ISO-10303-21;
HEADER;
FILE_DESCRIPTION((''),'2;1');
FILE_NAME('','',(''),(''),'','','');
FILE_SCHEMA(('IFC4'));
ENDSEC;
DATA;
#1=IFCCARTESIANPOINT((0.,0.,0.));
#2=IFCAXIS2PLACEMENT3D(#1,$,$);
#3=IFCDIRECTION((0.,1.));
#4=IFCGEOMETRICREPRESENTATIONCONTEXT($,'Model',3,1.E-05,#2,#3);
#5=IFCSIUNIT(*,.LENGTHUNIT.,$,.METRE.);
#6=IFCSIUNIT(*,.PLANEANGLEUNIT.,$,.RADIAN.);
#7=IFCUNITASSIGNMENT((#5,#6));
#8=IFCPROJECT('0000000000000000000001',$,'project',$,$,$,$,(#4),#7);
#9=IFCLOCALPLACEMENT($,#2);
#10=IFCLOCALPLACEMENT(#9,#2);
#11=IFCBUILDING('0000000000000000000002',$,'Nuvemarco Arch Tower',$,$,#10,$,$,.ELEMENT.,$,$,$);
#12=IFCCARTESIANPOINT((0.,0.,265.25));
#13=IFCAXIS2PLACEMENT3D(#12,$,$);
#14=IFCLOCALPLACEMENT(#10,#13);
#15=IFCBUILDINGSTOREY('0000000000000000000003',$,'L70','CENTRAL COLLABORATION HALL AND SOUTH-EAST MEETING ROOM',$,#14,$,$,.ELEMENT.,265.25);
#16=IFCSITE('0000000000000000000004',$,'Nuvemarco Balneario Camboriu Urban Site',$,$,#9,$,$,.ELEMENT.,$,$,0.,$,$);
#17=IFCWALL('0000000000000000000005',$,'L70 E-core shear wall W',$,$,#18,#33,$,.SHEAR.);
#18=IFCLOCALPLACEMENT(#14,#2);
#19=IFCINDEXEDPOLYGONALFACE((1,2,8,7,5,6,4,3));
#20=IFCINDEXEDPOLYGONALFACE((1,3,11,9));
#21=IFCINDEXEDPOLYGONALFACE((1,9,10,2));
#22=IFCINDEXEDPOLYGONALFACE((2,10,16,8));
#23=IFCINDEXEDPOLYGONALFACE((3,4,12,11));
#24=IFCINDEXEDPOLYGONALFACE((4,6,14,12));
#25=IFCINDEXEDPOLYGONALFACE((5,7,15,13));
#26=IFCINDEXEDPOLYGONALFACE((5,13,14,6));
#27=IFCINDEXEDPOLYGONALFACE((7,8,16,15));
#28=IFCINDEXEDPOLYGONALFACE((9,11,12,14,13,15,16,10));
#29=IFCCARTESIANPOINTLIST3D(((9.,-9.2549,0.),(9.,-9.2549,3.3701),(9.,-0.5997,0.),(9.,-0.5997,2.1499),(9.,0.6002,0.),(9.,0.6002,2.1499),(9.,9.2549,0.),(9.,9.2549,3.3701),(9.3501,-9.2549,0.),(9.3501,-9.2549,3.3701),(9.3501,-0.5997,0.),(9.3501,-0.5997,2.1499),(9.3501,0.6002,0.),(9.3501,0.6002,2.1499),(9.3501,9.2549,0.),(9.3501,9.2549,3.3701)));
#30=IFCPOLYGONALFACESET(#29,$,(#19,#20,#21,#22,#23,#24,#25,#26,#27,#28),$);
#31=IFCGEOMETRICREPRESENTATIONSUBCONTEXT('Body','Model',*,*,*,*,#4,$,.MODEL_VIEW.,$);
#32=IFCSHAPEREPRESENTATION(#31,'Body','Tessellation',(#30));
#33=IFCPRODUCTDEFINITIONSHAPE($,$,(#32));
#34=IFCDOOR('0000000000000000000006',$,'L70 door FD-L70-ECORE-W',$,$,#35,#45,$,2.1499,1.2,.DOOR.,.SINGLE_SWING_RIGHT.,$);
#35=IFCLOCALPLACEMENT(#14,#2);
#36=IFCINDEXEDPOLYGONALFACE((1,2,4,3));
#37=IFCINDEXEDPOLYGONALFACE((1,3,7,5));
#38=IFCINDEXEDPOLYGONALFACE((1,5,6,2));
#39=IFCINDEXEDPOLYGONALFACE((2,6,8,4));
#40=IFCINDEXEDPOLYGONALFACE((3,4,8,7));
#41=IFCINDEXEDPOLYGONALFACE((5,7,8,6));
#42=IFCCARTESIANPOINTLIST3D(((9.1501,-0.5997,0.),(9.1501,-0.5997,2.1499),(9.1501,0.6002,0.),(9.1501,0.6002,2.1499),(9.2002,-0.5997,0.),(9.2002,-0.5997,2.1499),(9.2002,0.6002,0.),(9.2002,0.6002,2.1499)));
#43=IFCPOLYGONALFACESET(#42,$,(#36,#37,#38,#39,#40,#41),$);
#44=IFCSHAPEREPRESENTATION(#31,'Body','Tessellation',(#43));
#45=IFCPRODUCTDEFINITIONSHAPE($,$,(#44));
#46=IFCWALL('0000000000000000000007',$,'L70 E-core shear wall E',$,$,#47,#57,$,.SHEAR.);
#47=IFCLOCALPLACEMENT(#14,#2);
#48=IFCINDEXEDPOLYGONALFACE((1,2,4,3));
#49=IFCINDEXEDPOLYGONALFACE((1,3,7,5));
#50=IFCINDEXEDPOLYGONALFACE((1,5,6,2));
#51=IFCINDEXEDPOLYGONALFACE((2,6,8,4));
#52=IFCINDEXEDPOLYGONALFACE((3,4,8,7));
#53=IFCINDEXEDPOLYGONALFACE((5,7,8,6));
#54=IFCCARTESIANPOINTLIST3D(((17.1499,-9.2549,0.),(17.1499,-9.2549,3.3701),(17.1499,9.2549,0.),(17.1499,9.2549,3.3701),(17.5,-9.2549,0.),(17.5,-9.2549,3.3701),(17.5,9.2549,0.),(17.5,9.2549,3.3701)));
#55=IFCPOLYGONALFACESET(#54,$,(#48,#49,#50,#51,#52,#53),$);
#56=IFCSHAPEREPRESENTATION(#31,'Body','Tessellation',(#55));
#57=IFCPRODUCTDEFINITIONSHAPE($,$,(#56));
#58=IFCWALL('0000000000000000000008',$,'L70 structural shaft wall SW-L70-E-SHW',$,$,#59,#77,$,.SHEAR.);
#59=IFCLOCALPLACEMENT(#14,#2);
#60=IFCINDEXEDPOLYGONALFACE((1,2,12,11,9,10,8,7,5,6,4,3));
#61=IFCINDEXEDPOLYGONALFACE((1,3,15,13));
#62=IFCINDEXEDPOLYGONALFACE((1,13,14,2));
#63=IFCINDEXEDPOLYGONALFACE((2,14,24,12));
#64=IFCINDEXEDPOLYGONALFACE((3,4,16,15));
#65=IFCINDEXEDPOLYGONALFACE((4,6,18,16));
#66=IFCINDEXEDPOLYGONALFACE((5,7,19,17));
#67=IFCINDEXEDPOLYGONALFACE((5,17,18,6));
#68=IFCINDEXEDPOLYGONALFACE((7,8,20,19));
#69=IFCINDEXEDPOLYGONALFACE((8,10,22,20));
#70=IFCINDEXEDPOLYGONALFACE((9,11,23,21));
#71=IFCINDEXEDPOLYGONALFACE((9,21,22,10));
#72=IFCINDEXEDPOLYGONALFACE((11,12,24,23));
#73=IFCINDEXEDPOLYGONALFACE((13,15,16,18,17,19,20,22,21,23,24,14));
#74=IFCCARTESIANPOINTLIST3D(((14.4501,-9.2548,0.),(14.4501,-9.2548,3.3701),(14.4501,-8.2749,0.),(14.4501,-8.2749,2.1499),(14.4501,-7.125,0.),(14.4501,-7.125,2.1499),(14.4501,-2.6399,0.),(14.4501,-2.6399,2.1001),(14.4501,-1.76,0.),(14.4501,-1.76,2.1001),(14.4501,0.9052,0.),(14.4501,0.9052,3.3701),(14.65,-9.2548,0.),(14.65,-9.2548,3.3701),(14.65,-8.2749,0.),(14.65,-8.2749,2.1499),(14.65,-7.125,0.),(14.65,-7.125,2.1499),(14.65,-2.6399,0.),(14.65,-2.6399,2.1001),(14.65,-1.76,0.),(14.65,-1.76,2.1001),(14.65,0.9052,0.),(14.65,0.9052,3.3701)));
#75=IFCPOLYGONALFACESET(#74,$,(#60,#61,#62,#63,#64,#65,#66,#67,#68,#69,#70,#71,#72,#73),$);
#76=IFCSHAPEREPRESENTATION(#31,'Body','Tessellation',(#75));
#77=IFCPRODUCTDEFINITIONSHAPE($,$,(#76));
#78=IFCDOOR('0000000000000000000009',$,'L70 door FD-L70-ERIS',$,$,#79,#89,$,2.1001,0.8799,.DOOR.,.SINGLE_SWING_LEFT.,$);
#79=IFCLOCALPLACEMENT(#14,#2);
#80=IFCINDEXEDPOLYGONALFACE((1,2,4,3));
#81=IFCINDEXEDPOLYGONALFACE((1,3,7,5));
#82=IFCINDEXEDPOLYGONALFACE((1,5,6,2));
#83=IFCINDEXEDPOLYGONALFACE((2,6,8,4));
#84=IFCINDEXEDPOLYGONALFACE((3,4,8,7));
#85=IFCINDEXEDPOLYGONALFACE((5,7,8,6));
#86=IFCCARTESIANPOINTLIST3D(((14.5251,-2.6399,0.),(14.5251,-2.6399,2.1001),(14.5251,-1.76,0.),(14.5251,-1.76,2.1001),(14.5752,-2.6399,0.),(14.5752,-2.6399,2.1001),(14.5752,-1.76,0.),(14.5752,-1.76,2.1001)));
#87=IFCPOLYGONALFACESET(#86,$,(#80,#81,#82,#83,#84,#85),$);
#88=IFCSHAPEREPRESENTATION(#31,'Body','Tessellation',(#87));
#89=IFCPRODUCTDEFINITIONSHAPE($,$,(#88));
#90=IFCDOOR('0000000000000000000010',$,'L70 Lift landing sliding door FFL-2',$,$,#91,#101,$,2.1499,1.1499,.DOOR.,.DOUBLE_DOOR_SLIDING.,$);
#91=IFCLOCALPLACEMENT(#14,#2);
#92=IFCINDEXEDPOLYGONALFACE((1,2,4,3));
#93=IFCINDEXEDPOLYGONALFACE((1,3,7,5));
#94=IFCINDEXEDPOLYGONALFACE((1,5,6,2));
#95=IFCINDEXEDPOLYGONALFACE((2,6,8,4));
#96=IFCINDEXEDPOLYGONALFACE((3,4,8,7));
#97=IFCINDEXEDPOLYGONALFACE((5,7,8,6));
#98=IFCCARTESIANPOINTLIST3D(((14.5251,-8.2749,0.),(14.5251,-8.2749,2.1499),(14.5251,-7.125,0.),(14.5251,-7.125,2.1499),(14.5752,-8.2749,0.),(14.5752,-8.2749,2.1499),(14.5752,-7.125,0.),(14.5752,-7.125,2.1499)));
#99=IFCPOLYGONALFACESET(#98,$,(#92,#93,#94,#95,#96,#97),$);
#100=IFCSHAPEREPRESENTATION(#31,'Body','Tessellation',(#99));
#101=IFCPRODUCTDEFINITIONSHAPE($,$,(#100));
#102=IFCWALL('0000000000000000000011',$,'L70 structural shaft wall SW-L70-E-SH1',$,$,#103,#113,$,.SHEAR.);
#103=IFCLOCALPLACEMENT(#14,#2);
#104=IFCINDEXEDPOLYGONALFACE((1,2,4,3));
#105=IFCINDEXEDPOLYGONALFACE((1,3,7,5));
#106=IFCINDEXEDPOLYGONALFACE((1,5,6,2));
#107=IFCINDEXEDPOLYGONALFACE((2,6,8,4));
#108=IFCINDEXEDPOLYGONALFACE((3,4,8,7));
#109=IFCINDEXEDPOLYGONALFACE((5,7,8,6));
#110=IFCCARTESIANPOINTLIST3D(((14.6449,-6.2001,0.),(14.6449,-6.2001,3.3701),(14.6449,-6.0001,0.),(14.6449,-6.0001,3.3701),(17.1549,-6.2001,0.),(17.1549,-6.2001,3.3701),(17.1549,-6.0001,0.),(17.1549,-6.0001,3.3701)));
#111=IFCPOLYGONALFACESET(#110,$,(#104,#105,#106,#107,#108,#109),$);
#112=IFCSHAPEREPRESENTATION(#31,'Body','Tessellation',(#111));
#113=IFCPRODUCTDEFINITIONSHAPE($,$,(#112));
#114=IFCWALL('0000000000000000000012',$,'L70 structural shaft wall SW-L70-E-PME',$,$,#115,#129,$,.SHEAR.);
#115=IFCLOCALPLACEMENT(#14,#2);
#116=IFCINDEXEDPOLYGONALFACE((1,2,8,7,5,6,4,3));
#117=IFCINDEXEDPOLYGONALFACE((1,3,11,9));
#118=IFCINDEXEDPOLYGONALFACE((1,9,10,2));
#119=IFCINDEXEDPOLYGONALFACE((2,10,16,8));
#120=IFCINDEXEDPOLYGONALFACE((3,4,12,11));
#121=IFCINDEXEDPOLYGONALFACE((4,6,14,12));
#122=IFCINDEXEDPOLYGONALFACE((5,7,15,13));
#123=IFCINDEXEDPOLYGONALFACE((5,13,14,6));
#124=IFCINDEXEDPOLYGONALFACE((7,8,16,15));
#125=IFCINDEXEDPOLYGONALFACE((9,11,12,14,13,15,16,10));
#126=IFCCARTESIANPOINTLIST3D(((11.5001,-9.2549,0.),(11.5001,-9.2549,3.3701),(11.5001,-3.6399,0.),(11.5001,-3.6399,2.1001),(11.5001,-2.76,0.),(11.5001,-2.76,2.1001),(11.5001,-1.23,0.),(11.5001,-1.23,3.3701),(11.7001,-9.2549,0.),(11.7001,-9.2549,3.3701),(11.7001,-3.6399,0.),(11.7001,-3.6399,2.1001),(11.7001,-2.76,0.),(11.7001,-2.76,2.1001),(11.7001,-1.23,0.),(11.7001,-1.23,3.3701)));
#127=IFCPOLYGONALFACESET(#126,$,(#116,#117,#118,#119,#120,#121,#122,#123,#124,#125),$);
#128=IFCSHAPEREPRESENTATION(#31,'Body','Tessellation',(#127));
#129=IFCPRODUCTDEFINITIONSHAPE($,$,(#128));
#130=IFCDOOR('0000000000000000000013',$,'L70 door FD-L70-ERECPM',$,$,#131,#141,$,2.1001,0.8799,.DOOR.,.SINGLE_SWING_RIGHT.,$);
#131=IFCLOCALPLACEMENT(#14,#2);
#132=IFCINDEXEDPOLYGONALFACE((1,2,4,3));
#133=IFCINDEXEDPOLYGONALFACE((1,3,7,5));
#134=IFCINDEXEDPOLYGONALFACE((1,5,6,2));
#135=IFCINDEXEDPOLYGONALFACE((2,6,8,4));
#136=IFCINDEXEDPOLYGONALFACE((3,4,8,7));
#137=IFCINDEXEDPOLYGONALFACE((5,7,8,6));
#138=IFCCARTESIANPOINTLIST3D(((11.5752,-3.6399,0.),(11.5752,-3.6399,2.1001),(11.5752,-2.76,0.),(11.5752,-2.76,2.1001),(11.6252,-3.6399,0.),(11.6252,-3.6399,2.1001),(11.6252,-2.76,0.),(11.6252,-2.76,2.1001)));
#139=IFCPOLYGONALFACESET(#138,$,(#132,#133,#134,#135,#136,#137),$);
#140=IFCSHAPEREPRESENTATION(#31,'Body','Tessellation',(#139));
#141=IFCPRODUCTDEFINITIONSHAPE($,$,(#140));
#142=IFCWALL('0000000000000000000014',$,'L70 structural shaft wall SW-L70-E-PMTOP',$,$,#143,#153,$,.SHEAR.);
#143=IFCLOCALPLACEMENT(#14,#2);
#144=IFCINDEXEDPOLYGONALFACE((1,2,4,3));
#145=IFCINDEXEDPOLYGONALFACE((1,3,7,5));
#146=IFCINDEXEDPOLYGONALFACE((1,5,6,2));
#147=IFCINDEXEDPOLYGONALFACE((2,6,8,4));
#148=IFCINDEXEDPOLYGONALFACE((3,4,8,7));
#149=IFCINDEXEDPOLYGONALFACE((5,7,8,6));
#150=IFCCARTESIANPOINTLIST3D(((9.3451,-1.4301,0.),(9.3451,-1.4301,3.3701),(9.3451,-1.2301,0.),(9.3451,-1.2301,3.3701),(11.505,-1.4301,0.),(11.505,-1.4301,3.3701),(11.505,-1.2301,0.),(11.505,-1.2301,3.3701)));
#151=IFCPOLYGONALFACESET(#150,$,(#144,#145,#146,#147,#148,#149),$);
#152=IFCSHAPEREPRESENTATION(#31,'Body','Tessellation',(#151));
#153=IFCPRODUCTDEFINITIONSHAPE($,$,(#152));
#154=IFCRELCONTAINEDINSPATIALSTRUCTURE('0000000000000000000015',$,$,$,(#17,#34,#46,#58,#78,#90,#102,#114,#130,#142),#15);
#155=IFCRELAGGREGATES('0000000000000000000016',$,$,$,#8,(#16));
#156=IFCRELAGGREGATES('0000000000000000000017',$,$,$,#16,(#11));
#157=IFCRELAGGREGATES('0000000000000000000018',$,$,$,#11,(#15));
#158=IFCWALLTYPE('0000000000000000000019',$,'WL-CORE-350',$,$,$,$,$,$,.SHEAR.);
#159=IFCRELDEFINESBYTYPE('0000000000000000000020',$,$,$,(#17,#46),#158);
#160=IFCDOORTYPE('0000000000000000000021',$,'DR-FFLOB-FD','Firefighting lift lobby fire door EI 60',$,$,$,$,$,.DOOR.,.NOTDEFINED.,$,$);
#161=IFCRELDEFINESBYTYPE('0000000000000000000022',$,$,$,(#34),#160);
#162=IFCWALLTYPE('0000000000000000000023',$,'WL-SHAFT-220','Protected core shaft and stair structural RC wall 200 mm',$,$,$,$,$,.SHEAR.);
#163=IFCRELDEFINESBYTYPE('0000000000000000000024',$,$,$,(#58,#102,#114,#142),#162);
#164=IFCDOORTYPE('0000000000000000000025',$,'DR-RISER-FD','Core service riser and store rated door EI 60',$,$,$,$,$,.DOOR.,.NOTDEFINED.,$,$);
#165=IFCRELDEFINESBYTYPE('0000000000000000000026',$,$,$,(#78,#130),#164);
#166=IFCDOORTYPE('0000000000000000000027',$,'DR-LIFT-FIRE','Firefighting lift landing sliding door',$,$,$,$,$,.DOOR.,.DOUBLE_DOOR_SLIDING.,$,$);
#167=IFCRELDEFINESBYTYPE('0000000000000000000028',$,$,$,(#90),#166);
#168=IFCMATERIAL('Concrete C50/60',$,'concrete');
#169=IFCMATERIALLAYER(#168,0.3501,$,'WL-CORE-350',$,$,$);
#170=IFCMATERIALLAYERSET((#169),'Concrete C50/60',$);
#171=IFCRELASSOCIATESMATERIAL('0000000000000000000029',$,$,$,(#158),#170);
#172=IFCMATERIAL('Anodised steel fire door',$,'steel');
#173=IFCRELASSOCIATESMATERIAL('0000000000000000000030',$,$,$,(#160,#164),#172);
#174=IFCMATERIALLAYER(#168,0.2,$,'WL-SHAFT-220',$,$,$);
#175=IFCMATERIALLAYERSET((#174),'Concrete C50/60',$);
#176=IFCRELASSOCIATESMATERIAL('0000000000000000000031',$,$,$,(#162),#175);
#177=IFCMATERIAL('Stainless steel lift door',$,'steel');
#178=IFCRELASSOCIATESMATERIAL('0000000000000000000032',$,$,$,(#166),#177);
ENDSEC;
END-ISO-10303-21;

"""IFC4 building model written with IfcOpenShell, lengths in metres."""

from ifc_helpers import new_model, si_unit, direction, frame, frame_2d, origin, place, context, subcontext, project, spatial, rectangle, extrude, source, transform, mapped, material, layer, layer_set, type_object, type_shapes, element, fill, save


model = new_model("IFC4")

# Units and contexts
model_context = context("Model", 3, precision=1e-05, world=origin(), true_north=direction((0.0, 1.0)))
body_context = subcontext(model_context, "Body", "Model", "MODEL_VIEW")
ifc_project = project(units=[si_unit("LENGTHUNIT", "METRE"), si_unit("PLANEANGLEUNIT", "RADIAN")], contexts=[model_context])

# Site, building, storey
site_placement = place(None, origin())
site = spatial("IfcSite", under=ifc_project, at=site_placement, Name="Nuvemarco Balneario Camboriu Urban Site", CompositionType="ELEMENT", RefElevation=0.0)
building_placement = place(site_placement, origin())
building = spatial("IfcBuilding", under=site, at=building_placement, Name="Nuvemarco Arch Tower", CompositionType="ELEMENT")
storey_placement = place(building_placement, frame((0.0, 0.0, 265.25)))
storey = spatial("IfcBuildingStorey", under=building, at=storey_placement, Name="L70", Description="CENTRAL COLLABORATION HALL AND SOUTH-EAST MEETING ROOM", CompositionType="ELEMENT", Elevation=265.25)

# Shared definitions
ifc_material_1 = material(Name="Concrete C50/60", Category="concrete")

# Shared definitions
ifc_layer_1 = layer(ifc_material_1, 0.3501, Name="WL-CORE-350")
ifc_layer_set_1 = layer_set([ifc_layer_1], Name="Concrete C50/60")
wall_type_1 = type_object("IfcWallType", Name="WL-CORE-350", PredefinedType="SHEAR", material=ifc_layer_set_1)

# Wall, opening, door
wall_1_placement = place(storey_placement, frame((9.175, -9.2549, 0.0), z_axis=(0.0, 0.0, 1.0), x_axis=(0.0, 1.0, 0.0)))
wall_1 = element("IfcWall", 1, at=wall_1_placement, inside=storey, type_object=wall_type_1, Name="L70 E-core shear wall W", PredefinedType="SHEAR", context=body_context, shape_type="SweptSolid", body=[
    extrude(rectangle(XDim=18.5098, YDim=0.3501, at=frame_2d((9.2549, 0.0))), origin(), (0.0, 0.0, 1.0), 3.3701),
])
opening_1_placement = place(wall_1_placement, frame((8.655, 0.0, 0.0)))
opening_1 = element("IfcOpeningElement", 2, at=opening_1_placement, cuts=wall_1, PredefinedType="OPENING", context=body_context, shape_type="SweptSolid", body=[
    extrude(rectangle(XDim=1.2, YDim=2.1499, at=frame_2d((0.6001, 1.075))), frame((0.0, 0.1851, 0.0), z_axis=(0.0, -1.0, 0.0), x_axis=(1.0, 0.0, 0.0)), (0.0, 0.0, 1.0), 0.3701),
])
ifc_material_2 = material(Name="Anodised steel fire door", Category="steel")
door_type_1 = type_object("IfcDoorType", Name="DR-FFLOB-FD", Description="Firefighting lift lobby fire door EI 60", OperationType="NOTDEFINED", PredefinedType="DOOR", material=ifc_material_2)
shared_shape_1 = source(origin(), body_context, "Body", "SweptSolid", [
    extrude(rectangle(XDim=1.2, YDim=2.1499, at=frame_2d((0.6001, 1.075))), frame((0.0, 0.0249, 0.0), z_axis=(0.0, -1.0, 0.0), x_axis=(1.0, 0.0, 0.0)), (0.0, 0.0, 1.0), 0.05),
])
type_shapes(door_type_1, [shared_shape_1])
door_1_placement = place(opening_1_placement, origin())
door_1 = element("IfcDoor", 3, at=door_1_placement, inside=storey, type_object=door_type_1, Name="L70 door FD-L70-ECORE-W", OperationType="SINGLE_SWING_RIGHT", OverallHeight=2.1499, OverallWidth=1.2, PredefinedType="DOOR", context=body_context, shape_type="MappedRepresentation", body=[
    mapped(shared_shape_1, transform((0.0, 0.0, 0.0), scale=1.0)),
])
fill(opening_1, door_1)

# Wall
wall_2_placement = place(storey_placement, frame((17.325, -9.2549, 0.0), z_axis=(0.0, 0.0, 1.0), x_axis=(0.0, 1.0, 0.0)))
element("IfcWall", 4, at=wall_2_placement, inside=storey, type_object=wall_type_1, Name="L70 E-core shear wall E", PredefinedType="SHEAR", context=body_context, shape_type="SweptSolid", body=[
    extrude(rectangle(XDim=18.5098, YDim=0.3501, at=frame_2d((9.2549, 0.0))), origin(), (0.0, 0.0, 1.0), 3.3701),
])

# Wall, openings, doors
ifc_layer_2 = layer(ifc_material_1, 0.2, Name="WL-SHAFT-220")
ifc_layer_set_2 = layer_set([ifc_layer_2], Name="Concrete C50/60")
wall_type_2 = type_object("IfcWallType", Name="WL-SHAFT-220", Description="Protected core shaft and stair structural RC wall 200 mm", PredefinedType="SHEAR", material=ifc_layer_set_2)
wall_3_placement = place(storey_placement, frame((14.55, -9.2549, 0.0), z_axis=(0.0, 0.0, 1.0), x_axis=(0.0, 1.0, 0.0)))
wall_3 = element("IfcWall", 5, at=wall_3_placement, inside=storey, type_object=wall_type_2, Name="L70 structural shaft wall SW-L70-E-SHW", PredefinedType="SHEAR", context=body_context, shape_type="SweptSolid", body=[
    extrude(rectangle(XDim=10.1599, YDim=0.2, at=frame_2d((5.0801, 0.0))), origin(), (0.0, 0.0, 1.0), 3.3701),
])
opening_2_placement = place(wall_3_placement, frame((6.615, 0.0, 0.0)))
opening_2 = element("IfcOpeningElement", 6, at=opening_2_placement, cuts=wall_3, PredefinedType="OPENING", context=body_context, shape_type="SweptSolid", body=[
    extrude(rectangle(XDim=0.8799, YDim=2.1001, at=frame_2d((0.4399, 1.05))), frame((0.0, 0.1099, 0.0), z_axis=(0.0, -1.0, 0.0), x_axis=(1.0, 0.0, 0.0)), (0.0, 0.0, 1.0), 0.22),
])
opening_3_placement = place(wall_3_placement, frame((0.98, 0.0, 0.0)))
opening_3 = element("IfcOpeningElement", 7, at=opening_3_placement, cuts=wall_3, PredefinedType="OPENING", context=body_context, shape_type="SweptSolid", body=[
    extrude(rectangle(XDim=1.1499, YDim=2.1499, at=frame_2d((0.575, 1.075))), frame((0.0, 0.1099, 0.0), z_axis=(0.0, -1.0, 0.0), x_axis=(1.0, 0.0, 0.0)), (0.0, 0.0, 1.0), 0.22),
])
door_type_2 = type_object("IfcDoorType", Name="DR-RISER-FD", Description="Core service riser and store rated door EI 60", OperationType="NOTDEFINED", PredefinedType="DOOR", material=ifc_material_2)
shared_shape_2 = source(origin(), body_context, "Body", "SweptSolid", [
    extrude(rectangle(XDim=0.8799, YDim=2.1001, at=frame_2d((0.4399, 1.05))), frame((0.0, 0.0249, 0.0), z_axis=(0.0, -1.0, 0.0), x_axis=(1.0, 0.0, 0.0)), (0.0, 0.0, 1.0), 0.05),
])
type_shapes(door_type_2, [shared_shape_2])
door_2_placement = place(opening_2_placement, origin())
door_2 = element("IfcDoor", 8, at=door_2_placement, inside=storey, type_object=door_type_2, Name="L70 door FD-L70-ERIS", OperationType="SINGLE_SWING_LEFT", OverallHeight=2.1001, OverallWidth=0.8799, PredefinedType="DOOR", context=body_context, shape_type="MappedRepresentation", body=[
    mapped(shared_shape_2, transform((0.0, 0.0, 0.0), scale=1.0)),
])
fill(opening_2, door_2)
ifc_material_3 = material(Name="Stainless steel lift door", Category="steel")
door_type_3 = type_object("IfcDoorType", Name="DR-LIFT-FIRE", Description="Firefighting lift landing sliding door", OperationType="DOUBLE_DOOR_SLIDING", PredefinedType="DOOR", material=ifc_material_3)
shared_shape_3 = source(origin(), body_context, "Body", "SweptSolid", [
    extrude(rectangle(XDim=1.1499, YDim=2.1499, at=frame_2d((0.575, 1.075))), frame((0.0, 0.0249, 0.0), z_axis=(0.0, -1.0, 0.0), x_axis=(1.0, 0.0, 0.0)), (0.0, 0.0, 1.0), 0.05),
])
type_shapes(door_type_3, [shared_shape_3])
door_3_placement = place(opening_3_placement, origin())
door_3 = element("IfcDoor", 9, at=door_3_placement, inside=storey, type_object=door_type_3, Name="L70 Lift landing sliding door FFL-2", OperationType="DOUBLE_DOOR_SLIDING", OverallHeight=2.1499, OverallWidth=1.1499, PredefinedType="DOOR", context=body_context, shape_type="MappedRepresentation", body=[
    mapped(shared_shape_3, transform((0.0, 0.0, 0.0), scale=1.0)),
])
fill(opening_3, door_3)

# Wall
wall_4_placement = place(storey_placement, frame((14.645, -6.1001, 0.0), z_axis=(0.0, 0.0, 1.0), x_axis=(1.0, 0.0, 0.0)))
element("IfcWall", 10, at=wall_4_placement, inside=storey, type_object=wall_type_2, Name="L70 structural shaft wall SW-L70-E-SH1", PredefinedType="SHEAR", context=body_context, shape_type="SweptSolid", body=[
    extrude(rectangle(XDim=2.51, YDim=0.2, at=frame_2d((1.2549, 0.0))), origin(), (0.0, 0.0, 1.0), 3.3701),
])

# Wall, opening, door
wall_5_placement = place(storey_placement, frame((11.6001, -9.2549, 0.0), z_axis=(0.0, 0.0, 1.0), x_axis=(0.0, 1.0, 0.0)))
wall_5 = element("IfcWall", 11, at=wall_5_placement, inside=storey, type_object=wall_type_2, Name="L70 structural shaft wall SW-L70-E-PME", PredefinedType="SHEAR", context=body_context, shape_type="SweptSolid", body=[
    extrude(rectangle(XDim=8.0249, YDim=0.2, at=frame_2d((4.0125, 0.0))), origin(), (0.0, 0.0, 1.0), 3.3701),
])
opening_4_placement = place(wall_5_placement, frame((5.615, 0.0, 0.0)))
opening_4 = element("IfcOpeningElement", 12, at=opening_4_placement, cuts=wall_5, PredefinedType="OPENING", context=body_context, shape_type="SweptSolid", body=[
    extrude(rectangle(XDim=0.8799, YDim=2.1001, at=frame_2d((0.4399, 1.05))), frame((0.0, 0.1099, 0.0), z_axis=(0.0, -1.0, 0.0), x_axis=(1.0, 0.0, 0.0)), (0.0, 0.0, 1.0), 0.22),
])
door_4_placement = place(opening_4_placement, origin())
door_4 = element("IfcDoor", 13, at=door_4_placement, inside=storey, type_object=door_type_2, Name="L70 door FD-L70-ERECPM", OperationType="SINGLE_SWING_RIGHT", OverallHeight=2.1001, OverallWidth=0.8799, PredefinedType="DOOR", context=body_context, shape_type="MappedRepresentation", body=[
    mapped(shared_shape_2, transform((0.0, 0.0, 0.0), scale=1.0)),
])
fill(opening_4, door_4)

# Wall
wall_6_placement = place(storey_placement, frame((9.345, -1.3301, 0.0), z_axis=(0.0, 0.0, 1.0), x_axis=(1.0, 0.0, 0.0)))
element("IfcWall", 14, at=wall_6_placement, inside=storey, type_object=wall_type_2, Name="L70 structural shaft wall SW-L70-E-PMTOP", PredefinedType="SHEAR", context=body_context, shape_type="SweptSolid", body=[
    extrude(rectangle(XDim=2.1599, YDim=0.2, at=frame_2d((1.0801, 0.0))), origin(), (0.0, 0.0, 1.0), 3.3701),
])

save(model, "model.ifc")
